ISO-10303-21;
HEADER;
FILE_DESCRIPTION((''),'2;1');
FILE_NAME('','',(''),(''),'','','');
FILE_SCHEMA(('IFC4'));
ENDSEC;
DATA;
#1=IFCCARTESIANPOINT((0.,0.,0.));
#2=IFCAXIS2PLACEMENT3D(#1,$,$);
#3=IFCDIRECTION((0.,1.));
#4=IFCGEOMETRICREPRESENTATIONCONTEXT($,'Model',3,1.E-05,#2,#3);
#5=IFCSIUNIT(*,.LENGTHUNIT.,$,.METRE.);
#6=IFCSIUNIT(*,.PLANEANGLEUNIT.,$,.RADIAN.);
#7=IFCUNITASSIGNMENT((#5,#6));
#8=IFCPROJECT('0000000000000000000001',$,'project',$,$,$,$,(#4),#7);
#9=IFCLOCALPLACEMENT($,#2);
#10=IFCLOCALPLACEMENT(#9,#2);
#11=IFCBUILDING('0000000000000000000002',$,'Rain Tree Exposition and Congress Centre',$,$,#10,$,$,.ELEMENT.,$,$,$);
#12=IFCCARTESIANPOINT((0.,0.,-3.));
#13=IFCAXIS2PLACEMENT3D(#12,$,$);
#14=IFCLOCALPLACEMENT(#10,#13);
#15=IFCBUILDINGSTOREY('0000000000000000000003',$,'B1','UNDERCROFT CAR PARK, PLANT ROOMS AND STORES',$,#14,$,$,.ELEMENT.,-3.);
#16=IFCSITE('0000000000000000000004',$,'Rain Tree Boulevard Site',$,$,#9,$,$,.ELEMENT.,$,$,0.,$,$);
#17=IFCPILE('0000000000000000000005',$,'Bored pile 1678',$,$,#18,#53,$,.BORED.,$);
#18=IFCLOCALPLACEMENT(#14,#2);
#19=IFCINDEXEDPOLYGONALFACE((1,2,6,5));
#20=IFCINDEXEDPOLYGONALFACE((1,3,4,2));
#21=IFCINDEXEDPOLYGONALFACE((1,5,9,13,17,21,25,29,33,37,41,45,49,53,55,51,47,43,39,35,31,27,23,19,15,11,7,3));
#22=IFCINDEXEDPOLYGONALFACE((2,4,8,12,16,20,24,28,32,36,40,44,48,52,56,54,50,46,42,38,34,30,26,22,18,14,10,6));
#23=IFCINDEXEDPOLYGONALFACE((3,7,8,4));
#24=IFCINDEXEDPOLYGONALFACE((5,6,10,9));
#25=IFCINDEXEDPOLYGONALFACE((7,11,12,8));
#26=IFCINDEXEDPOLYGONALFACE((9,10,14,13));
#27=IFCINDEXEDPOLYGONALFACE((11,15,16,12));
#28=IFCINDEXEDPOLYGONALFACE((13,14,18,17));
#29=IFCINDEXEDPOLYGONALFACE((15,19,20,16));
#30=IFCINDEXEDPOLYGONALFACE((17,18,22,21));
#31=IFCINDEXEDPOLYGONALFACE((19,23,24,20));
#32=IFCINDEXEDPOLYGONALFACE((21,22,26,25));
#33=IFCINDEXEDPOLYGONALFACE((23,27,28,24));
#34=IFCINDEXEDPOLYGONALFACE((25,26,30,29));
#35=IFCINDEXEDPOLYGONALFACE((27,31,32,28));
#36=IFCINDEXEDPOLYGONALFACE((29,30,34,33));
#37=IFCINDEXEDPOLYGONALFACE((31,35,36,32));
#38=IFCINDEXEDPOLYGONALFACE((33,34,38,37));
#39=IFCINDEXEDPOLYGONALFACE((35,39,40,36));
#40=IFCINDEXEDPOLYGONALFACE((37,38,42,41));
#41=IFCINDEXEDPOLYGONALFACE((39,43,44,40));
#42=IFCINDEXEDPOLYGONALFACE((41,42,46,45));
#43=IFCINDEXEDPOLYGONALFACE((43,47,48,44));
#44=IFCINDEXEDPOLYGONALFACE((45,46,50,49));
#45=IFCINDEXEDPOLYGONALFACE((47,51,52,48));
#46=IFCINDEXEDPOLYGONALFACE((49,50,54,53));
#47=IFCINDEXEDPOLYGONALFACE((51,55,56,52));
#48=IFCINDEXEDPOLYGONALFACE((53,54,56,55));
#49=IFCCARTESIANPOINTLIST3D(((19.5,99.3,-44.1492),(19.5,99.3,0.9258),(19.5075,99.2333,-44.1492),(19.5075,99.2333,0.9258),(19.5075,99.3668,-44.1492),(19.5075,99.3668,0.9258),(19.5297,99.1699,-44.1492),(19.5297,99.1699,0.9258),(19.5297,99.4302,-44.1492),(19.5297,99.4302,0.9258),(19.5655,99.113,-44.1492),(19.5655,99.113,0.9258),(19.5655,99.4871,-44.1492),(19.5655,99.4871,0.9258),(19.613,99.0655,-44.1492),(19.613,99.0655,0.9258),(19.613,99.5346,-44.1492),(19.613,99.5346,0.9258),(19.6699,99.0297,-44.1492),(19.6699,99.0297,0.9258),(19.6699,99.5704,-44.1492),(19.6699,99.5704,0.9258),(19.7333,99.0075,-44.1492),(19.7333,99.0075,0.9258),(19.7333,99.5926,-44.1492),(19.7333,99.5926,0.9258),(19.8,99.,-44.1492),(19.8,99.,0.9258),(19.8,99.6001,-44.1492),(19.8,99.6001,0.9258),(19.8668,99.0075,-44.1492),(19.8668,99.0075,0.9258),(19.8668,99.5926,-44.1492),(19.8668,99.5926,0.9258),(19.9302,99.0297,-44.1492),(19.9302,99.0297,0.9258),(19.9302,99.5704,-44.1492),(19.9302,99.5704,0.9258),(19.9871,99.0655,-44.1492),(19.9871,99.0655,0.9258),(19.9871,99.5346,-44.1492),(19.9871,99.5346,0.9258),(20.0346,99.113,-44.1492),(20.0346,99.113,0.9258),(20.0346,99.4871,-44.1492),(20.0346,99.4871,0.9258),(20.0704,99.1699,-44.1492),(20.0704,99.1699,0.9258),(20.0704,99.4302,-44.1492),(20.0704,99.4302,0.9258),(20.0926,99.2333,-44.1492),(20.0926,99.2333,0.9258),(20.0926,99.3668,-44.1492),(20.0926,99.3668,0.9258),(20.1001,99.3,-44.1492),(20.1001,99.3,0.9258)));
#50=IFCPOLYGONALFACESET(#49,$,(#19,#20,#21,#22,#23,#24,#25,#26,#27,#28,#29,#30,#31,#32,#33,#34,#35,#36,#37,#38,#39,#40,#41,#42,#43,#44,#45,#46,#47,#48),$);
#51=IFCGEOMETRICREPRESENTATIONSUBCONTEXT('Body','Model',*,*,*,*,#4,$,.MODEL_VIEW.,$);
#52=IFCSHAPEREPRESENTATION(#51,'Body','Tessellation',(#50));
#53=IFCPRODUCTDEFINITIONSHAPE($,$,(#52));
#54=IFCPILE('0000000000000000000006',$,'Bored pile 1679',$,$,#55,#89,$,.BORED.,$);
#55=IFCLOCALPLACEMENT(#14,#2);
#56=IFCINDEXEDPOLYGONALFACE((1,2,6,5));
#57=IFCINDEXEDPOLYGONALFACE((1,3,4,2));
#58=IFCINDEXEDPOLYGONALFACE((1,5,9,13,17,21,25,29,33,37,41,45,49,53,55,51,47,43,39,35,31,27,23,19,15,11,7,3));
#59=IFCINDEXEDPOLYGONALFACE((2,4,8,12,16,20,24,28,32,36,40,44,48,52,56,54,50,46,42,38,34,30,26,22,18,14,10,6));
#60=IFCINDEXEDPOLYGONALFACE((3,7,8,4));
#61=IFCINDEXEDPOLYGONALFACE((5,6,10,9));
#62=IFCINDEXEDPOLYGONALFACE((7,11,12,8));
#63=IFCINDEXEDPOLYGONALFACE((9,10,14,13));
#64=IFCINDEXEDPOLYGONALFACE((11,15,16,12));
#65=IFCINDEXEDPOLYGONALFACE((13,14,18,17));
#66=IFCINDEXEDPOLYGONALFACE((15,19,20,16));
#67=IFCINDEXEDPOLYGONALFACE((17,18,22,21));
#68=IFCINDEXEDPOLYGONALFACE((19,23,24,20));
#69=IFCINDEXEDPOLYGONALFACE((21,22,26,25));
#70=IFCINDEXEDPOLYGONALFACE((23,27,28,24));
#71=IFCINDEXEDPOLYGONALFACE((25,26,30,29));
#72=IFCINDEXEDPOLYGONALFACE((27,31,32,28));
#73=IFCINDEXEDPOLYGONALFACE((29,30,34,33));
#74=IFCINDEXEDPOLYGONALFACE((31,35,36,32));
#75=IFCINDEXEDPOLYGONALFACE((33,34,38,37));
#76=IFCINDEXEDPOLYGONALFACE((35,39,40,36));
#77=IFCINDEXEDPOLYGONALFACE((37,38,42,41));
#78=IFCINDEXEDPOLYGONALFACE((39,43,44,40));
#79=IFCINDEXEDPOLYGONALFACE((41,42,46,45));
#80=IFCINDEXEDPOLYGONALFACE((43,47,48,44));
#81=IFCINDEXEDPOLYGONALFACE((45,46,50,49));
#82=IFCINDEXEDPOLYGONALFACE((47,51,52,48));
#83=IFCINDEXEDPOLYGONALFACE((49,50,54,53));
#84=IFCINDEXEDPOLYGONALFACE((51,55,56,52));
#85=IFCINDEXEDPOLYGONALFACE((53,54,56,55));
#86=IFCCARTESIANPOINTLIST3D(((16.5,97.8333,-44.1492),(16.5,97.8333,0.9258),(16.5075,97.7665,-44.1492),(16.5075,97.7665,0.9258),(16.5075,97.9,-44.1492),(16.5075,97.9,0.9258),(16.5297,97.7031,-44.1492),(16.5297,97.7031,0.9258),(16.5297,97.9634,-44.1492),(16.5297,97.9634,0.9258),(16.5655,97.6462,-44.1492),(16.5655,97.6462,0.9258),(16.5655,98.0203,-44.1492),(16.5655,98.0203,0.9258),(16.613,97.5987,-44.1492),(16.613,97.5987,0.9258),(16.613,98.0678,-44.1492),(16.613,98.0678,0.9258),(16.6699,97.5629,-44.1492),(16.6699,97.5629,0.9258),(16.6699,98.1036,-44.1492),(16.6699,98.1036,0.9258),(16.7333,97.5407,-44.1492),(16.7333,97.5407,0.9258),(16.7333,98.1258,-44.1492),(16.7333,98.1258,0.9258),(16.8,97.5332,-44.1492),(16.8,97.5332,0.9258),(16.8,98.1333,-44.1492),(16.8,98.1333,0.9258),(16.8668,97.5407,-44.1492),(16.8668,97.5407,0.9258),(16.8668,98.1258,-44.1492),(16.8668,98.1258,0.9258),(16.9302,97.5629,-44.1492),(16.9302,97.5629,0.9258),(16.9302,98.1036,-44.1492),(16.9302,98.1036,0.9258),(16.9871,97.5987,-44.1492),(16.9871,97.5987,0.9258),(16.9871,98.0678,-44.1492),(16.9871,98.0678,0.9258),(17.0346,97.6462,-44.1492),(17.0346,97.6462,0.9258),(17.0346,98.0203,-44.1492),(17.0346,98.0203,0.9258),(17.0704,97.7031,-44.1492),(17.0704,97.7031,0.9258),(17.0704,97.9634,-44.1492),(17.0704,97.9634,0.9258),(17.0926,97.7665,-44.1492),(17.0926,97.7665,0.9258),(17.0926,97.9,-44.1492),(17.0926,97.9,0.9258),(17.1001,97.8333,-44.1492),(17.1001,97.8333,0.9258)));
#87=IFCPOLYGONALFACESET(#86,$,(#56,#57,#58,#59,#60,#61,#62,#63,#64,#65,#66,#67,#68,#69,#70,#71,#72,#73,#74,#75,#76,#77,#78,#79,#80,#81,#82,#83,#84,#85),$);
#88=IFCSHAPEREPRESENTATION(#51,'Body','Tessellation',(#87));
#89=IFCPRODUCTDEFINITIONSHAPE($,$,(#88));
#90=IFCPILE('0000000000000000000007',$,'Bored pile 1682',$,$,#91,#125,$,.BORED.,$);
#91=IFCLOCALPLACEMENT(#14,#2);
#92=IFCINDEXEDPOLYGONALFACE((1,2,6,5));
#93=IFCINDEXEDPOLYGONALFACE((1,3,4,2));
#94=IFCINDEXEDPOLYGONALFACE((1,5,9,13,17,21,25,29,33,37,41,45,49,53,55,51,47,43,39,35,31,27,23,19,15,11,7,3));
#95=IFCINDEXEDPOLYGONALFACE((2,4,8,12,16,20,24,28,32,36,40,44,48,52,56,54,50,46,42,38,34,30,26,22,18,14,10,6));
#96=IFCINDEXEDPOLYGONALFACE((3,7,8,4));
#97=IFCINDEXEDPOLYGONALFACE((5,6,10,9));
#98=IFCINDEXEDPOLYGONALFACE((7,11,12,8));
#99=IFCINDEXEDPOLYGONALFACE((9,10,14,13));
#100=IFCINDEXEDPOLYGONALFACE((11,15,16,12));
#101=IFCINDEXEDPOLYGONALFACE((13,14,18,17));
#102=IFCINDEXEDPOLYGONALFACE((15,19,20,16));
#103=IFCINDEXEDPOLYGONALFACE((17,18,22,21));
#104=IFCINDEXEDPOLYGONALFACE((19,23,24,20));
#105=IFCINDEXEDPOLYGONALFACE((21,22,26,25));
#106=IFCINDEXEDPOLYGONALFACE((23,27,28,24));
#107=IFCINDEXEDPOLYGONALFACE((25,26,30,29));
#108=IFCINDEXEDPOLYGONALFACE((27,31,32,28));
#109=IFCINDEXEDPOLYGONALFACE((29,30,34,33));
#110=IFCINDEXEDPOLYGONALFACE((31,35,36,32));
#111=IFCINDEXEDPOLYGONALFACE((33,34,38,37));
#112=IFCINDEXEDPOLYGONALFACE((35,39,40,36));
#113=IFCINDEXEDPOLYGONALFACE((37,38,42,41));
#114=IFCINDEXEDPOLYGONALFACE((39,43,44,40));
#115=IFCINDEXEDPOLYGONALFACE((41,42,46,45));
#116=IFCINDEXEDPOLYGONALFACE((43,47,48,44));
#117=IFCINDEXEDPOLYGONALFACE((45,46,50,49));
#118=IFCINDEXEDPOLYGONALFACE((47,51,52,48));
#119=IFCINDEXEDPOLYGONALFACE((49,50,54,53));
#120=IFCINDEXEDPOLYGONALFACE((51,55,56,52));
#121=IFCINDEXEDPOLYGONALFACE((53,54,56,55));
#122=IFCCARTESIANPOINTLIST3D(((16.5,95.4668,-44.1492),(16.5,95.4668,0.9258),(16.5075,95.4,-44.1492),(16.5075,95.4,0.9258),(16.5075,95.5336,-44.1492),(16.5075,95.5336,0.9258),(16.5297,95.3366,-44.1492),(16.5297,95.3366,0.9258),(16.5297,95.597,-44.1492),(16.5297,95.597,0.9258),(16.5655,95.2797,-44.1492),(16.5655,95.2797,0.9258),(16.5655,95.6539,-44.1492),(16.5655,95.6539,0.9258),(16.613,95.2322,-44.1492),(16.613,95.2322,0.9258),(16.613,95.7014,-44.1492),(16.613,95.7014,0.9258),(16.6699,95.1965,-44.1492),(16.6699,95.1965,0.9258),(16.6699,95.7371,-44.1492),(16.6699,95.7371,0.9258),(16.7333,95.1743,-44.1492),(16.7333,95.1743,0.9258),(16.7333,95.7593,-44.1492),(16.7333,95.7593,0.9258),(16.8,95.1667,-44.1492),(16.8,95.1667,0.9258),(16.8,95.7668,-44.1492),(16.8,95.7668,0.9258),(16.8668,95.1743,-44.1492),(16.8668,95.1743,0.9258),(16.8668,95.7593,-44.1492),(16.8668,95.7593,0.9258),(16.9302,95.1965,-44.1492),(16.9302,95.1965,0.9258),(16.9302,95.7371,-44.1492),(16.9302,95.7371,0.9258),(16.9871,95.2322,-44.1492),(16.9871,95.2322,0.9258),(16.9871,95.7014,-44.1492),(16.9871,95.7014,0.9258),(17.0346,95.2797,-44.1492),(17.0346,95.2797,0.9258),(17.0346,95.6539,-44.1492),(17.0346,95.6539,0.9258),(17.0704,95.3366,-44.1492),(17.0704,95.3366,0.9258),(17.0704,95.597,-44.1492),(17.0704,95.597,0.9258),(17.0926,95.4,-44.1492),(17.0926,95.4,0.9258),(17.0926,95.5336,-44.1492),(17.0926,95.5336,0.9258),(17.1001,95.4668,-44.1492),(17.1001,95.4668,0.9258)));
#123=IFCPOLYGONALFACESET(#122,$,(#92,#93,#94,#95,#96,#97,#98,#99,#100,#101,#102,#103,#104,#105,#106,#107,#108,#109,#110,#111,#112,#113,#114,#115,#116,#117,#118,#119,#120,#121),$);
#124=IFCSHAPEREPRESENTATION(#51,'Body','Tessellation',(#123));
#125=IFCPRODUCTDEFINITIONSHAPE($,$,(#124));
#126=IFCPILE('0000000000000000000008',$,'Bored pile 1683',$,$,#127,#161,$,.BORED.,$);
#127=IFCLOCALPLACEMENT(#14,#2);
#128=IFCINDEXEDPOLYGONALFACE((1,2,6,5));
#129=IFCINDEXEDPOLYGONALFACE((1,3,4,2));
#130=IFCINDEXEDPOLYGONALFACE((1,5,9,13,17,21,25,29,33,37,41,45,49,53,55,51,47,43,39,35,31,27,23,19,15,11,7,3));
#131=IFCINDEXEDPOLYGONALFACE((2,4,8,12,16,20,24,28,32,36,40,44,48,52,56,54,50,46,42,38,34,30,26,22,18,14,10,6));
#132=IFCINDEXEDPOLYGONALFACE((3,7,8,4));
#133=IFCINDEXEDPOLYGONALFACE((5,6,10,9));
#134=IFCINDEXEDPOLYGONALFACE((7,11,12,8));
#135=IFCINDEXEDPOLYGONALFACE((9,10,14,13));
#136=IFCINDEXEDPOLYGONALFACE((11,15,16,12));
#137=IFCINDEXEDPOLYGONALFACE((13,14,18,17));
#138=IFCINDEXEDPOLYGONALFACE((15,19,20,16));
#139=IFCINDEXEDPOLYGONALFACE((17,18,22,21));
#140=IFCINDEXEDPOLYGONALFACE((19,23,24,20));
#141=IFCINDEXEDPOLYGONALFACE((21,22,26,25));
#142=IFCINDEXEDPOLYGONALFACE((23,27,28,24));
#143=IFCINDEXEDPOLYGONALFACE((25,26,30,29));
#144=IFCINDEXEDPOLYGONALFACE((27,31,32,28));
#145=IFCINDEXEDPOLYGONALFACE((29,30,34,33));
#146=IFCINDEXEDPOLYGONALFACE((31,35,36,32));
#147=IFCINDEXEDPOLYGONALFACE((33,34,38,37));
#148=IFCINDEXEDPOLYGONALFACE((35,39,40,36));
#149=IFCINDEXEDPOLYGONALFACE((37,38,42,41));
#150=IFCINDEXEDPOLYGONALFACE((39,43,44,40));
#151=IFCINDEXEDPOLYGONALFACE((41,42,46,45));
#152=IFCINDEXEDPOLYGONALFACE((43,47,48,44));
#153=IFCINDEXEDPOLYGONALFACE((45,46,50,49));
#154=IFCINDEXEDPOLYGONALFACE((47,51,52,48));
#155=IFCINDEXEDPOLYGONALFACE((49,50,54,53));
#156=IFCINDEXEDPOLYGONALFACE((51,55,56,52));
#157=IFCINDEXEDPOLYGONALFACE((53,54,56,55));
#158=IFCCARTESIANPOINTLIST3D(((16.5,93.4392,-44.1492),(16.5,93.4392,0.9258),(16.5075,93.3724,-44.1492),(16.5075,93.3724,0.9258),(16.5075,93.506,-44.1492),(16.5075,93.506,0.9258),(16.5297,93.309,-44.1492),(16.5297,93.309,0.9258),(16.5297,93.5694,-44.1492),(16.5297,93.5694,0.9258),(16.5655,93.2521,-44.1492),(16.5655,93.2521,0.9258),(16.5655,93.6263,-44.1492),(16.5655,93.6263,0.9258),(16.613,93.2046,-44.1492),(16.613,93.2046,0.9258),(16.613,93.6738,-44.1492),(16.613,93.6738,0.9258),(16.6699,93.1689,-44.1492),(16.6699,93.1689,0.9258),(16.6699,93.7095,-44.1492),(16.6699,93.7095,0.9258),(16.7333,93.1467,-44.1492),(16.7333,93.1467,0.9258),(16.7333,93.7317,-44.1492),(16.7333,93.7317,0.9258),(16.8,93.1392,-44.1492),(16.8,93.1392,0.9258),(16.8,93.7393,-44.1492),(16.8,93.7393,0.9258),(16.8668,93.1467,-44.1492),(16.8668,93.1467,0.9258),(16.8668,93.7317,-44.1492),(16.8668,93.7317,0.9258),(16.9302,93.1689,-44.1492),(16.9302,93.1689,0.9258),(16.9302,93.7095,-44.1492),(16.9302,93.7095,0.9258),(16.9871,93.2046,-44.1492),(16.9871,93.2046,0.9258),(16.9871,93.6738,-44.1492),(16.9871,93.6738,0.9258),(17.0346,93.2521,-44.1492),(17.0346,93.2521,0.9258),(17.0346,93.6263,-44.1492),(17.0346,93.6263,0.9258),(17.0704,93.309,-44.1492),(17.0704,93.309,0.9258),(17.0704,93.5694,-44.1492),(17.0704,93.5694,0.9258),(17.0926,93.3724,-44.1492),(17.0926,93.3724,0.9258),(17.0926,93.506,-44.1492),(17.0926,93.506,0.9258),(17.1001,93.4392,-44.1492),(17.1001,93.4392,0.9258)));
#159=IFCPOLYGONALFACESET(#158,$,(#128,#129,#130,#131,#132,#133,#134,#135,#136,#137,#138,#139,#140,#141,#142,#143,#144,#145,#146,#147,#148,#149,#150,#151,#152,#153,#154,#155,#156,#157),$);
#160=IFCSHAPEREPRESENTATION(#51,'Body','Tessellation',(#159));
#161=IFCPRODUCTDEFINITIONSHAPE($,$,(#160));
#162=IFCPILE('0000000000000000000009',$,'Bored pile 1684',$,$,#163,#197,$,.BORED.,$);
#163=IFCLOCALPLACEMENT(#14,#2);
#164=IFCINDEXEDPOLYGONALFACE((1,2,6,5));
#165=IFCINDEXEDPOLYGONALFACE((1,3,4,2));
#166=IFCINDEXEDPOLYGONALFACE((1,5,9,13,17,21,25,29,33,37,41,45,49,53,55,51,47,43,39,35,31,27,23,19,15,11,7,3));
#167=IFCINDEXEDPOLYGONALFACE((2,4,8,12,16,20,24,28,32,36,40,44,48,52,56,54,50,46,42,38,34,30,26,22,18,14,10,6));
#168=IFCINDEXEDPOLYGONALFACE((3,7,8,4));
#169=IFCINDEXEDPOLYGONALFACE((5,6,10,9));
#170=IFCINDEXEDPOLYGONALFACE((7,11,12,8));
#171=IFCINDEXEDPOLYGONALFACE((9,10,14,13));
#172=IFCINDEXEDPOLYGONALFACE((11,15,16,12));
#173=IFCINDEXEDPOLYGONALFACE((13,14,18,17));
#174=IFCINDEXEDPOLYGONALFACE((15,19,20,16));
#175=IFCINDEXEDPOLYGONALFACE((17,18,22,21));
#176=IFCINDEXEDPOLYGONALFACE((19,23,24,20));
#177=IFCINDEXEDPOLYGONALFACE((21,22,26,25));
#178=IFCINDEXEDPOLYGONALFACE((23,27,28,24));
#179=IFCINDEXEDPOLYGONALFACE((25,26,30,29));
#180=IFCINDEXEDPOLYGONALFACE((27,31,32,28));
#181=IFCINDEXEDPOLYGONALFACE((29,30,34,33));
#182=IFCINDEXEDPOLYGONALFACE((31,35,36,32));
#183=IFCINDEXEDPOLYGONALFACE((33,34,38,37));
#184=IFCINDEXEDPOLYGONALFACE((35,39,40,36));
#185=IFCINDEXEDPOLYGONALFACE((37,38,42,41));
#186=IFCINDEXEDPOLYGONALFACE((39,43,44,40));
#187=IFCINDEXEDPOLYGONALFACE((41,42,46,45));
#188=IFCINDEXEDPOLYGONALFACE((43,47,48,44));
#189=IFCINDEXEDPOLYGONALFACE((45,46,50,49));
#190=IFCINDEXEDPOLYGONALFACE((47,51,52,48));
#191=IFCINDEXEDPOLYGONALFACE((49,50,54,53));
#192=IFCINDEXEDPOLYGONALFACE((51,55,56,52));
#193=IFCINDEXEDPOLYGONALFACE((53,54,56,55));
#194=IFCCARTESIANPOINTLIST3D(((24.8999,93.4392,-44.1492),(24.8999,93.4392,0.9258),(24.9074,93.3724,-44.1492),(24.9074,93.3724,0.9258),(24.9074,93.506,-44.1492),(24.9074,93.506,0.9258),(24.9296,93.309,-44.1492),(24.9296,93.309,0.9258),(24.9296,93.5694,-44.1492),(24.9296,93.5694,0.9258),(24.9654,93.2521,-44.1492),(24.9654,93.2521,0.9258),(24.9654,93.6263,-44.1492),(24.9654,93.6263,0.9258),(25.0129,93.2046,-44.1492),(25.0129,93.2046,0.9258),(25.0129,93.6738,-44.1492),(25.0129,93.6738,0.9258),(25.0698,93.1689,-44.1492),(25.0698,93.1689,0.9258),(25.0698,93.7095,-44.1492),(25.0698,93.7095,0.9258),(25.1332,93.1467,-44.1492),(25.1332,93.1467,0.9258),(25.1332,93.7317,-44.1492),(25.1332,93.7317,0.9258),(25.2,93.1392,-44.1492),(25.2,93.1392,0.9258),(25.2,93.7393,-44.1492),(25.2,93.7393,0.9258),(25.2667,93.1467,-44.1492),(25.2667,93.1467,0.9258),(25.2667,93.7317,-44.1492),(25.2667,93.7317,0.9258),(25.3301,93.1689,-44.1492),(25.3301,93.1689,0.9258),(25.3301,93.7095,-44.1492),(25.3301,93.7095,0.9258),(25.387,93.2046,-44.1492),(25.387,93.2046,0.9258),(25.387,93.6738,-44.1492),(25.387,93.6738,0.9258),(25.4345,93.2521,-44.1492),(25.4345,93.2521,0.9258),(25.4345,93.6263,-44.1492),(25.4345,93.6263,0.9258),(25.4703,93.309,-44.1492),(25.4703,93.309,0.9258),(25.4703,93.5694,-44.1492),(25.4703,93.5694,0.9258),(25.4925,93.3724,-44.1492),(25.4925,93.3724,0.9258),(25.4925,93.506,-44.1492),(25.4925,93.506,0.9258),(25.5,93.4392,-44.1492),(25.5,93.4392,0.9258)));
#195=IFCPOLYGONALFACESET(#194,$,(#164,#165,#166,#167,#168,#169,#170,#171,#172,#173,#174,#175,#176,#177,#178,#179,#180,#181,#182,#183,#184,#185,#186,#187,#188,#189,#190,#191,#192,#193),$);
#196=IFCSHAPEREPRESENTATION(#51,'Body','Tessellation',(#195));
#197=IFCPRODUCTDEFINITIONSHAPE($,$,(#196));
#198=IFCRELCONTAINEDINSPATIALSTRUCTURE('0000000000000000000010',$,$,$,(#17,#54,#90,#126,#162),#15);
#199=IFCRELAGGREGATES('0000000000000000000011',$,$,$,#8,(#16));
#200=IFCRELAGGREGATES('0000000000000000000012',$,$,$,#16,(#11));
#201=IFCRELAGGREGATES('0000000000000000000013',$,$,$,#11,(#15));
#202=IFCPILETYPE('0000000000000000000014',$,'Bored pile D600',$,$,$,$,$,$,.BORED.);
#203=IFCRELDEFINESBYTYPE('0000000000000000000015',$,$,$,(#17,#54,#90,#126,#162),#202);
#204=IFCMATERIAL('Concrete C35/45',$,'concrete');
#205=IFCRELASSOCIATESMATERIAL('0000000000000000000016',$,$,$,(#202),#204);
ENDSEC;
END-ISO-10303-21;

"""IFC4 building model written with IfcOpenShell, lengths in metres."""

from ifc_helpers import new_model, si_unit, direction, frame, origin, origin_2d, place, context, subcontext, project, spatial, circle, extrude, material, material_profile, profile_set, type_object, element, save


model = new_model("IFC4")

# Units and contexts
model_context = context("Model", 3, precision=1e-05, world=origin(), true_north=direction((0.0, 1.0)))
body_context = subcontext(model_context, "Body", "Model", "MODEL_VIEW")
ifc_project = project(units=[si_unit("LENGTHUNIT", "METRE"), si_unit("PLANEANGLEUNIT", "RADIAN")], contexts=[model_context])

# Site, building, storey
site_placement = place(None, origin())
site = spatial("IfcSite", under=ifc_project, at=site_placement, Name="Rain Tree Boulevard Site", CompositionType="ELEMENT", RefElevation=0.0)
building_placement = place(site_placement, origin())
building = spatial("IfcBuilding", under=site, at=building_placement, Name="Rain Tree Exposition and Congress Centre", CompositionType="ELEMENT")
storey_placement = place(building_placement, frame((0.0, 0.0, -3.0)))
storey = spatial("IfcBuildingStorey", under=building, at=storey_placement, Name="B1", Description="UNDERCROFT CAR PARK, PLANT ROOMS AND STORES", CompositionType="ELEMENT", Elevation=-3.0)

# Piles
ifc_material_1 = material(Name="Concrete C35/45", Category="concrete")
ifc_material_profile_1 = material_profile(ifc_material_1, circle(Radius=0.3, at=origin_2d()), Name="D600")
ifc_profile_set_1 = profile_set([ifc_material_profile_1], Name="Concrete C35/45")
pile_type_1 = type_object("IfcPileType", Name="Bored pile D600", PredefinedType="BORED", material=ifc_profile_set_1)
for number, where, z_axis, x_axis, name in (
    (1, (19.8, 99.3, 0.9258), (0.0, 0.0, -1.0), (1.0, 0.0, 0.0), "Bored pile 1678"),
    (2, (16.8, 97.8333, 0.9258), (0.0, 0.0, -1.0), (1.0, 0.0, 0.0), "Bored pile 1679"),
    (3, (16.8, 95.4668, 0.9258), (0.0, 0.0, -1.0), (1.0, 0.0, 0.0), "Bored pile 1682"),
    (4, (16.8, 93.4392, 0.9258), (0.0, 0.0, -1.0), (1.0, 0.0, 0.0), "Bored pile 1683"),
    (5, (25.2, 93.4392, 0.9258), (0.0, 0.0, -1.0), (1.0, 0.0, 0.0), "Bored pile 1684"),
):
    element("IfcPile", number, at=place(storey_placement, frame(where, z_axis=z_axis, x_axis=x_axis)), inside=storey, type_object=pile_type_1, Name=name, PredefinedType="BORED", context=body_context, shape_type="SweptSolid", body=[
        extrude(circle(Radius=0.3, at=origin_2d()), origin(), (0.0, 0.0, 1.0), 45.075),
    ])

save(model, "model.ifc")
